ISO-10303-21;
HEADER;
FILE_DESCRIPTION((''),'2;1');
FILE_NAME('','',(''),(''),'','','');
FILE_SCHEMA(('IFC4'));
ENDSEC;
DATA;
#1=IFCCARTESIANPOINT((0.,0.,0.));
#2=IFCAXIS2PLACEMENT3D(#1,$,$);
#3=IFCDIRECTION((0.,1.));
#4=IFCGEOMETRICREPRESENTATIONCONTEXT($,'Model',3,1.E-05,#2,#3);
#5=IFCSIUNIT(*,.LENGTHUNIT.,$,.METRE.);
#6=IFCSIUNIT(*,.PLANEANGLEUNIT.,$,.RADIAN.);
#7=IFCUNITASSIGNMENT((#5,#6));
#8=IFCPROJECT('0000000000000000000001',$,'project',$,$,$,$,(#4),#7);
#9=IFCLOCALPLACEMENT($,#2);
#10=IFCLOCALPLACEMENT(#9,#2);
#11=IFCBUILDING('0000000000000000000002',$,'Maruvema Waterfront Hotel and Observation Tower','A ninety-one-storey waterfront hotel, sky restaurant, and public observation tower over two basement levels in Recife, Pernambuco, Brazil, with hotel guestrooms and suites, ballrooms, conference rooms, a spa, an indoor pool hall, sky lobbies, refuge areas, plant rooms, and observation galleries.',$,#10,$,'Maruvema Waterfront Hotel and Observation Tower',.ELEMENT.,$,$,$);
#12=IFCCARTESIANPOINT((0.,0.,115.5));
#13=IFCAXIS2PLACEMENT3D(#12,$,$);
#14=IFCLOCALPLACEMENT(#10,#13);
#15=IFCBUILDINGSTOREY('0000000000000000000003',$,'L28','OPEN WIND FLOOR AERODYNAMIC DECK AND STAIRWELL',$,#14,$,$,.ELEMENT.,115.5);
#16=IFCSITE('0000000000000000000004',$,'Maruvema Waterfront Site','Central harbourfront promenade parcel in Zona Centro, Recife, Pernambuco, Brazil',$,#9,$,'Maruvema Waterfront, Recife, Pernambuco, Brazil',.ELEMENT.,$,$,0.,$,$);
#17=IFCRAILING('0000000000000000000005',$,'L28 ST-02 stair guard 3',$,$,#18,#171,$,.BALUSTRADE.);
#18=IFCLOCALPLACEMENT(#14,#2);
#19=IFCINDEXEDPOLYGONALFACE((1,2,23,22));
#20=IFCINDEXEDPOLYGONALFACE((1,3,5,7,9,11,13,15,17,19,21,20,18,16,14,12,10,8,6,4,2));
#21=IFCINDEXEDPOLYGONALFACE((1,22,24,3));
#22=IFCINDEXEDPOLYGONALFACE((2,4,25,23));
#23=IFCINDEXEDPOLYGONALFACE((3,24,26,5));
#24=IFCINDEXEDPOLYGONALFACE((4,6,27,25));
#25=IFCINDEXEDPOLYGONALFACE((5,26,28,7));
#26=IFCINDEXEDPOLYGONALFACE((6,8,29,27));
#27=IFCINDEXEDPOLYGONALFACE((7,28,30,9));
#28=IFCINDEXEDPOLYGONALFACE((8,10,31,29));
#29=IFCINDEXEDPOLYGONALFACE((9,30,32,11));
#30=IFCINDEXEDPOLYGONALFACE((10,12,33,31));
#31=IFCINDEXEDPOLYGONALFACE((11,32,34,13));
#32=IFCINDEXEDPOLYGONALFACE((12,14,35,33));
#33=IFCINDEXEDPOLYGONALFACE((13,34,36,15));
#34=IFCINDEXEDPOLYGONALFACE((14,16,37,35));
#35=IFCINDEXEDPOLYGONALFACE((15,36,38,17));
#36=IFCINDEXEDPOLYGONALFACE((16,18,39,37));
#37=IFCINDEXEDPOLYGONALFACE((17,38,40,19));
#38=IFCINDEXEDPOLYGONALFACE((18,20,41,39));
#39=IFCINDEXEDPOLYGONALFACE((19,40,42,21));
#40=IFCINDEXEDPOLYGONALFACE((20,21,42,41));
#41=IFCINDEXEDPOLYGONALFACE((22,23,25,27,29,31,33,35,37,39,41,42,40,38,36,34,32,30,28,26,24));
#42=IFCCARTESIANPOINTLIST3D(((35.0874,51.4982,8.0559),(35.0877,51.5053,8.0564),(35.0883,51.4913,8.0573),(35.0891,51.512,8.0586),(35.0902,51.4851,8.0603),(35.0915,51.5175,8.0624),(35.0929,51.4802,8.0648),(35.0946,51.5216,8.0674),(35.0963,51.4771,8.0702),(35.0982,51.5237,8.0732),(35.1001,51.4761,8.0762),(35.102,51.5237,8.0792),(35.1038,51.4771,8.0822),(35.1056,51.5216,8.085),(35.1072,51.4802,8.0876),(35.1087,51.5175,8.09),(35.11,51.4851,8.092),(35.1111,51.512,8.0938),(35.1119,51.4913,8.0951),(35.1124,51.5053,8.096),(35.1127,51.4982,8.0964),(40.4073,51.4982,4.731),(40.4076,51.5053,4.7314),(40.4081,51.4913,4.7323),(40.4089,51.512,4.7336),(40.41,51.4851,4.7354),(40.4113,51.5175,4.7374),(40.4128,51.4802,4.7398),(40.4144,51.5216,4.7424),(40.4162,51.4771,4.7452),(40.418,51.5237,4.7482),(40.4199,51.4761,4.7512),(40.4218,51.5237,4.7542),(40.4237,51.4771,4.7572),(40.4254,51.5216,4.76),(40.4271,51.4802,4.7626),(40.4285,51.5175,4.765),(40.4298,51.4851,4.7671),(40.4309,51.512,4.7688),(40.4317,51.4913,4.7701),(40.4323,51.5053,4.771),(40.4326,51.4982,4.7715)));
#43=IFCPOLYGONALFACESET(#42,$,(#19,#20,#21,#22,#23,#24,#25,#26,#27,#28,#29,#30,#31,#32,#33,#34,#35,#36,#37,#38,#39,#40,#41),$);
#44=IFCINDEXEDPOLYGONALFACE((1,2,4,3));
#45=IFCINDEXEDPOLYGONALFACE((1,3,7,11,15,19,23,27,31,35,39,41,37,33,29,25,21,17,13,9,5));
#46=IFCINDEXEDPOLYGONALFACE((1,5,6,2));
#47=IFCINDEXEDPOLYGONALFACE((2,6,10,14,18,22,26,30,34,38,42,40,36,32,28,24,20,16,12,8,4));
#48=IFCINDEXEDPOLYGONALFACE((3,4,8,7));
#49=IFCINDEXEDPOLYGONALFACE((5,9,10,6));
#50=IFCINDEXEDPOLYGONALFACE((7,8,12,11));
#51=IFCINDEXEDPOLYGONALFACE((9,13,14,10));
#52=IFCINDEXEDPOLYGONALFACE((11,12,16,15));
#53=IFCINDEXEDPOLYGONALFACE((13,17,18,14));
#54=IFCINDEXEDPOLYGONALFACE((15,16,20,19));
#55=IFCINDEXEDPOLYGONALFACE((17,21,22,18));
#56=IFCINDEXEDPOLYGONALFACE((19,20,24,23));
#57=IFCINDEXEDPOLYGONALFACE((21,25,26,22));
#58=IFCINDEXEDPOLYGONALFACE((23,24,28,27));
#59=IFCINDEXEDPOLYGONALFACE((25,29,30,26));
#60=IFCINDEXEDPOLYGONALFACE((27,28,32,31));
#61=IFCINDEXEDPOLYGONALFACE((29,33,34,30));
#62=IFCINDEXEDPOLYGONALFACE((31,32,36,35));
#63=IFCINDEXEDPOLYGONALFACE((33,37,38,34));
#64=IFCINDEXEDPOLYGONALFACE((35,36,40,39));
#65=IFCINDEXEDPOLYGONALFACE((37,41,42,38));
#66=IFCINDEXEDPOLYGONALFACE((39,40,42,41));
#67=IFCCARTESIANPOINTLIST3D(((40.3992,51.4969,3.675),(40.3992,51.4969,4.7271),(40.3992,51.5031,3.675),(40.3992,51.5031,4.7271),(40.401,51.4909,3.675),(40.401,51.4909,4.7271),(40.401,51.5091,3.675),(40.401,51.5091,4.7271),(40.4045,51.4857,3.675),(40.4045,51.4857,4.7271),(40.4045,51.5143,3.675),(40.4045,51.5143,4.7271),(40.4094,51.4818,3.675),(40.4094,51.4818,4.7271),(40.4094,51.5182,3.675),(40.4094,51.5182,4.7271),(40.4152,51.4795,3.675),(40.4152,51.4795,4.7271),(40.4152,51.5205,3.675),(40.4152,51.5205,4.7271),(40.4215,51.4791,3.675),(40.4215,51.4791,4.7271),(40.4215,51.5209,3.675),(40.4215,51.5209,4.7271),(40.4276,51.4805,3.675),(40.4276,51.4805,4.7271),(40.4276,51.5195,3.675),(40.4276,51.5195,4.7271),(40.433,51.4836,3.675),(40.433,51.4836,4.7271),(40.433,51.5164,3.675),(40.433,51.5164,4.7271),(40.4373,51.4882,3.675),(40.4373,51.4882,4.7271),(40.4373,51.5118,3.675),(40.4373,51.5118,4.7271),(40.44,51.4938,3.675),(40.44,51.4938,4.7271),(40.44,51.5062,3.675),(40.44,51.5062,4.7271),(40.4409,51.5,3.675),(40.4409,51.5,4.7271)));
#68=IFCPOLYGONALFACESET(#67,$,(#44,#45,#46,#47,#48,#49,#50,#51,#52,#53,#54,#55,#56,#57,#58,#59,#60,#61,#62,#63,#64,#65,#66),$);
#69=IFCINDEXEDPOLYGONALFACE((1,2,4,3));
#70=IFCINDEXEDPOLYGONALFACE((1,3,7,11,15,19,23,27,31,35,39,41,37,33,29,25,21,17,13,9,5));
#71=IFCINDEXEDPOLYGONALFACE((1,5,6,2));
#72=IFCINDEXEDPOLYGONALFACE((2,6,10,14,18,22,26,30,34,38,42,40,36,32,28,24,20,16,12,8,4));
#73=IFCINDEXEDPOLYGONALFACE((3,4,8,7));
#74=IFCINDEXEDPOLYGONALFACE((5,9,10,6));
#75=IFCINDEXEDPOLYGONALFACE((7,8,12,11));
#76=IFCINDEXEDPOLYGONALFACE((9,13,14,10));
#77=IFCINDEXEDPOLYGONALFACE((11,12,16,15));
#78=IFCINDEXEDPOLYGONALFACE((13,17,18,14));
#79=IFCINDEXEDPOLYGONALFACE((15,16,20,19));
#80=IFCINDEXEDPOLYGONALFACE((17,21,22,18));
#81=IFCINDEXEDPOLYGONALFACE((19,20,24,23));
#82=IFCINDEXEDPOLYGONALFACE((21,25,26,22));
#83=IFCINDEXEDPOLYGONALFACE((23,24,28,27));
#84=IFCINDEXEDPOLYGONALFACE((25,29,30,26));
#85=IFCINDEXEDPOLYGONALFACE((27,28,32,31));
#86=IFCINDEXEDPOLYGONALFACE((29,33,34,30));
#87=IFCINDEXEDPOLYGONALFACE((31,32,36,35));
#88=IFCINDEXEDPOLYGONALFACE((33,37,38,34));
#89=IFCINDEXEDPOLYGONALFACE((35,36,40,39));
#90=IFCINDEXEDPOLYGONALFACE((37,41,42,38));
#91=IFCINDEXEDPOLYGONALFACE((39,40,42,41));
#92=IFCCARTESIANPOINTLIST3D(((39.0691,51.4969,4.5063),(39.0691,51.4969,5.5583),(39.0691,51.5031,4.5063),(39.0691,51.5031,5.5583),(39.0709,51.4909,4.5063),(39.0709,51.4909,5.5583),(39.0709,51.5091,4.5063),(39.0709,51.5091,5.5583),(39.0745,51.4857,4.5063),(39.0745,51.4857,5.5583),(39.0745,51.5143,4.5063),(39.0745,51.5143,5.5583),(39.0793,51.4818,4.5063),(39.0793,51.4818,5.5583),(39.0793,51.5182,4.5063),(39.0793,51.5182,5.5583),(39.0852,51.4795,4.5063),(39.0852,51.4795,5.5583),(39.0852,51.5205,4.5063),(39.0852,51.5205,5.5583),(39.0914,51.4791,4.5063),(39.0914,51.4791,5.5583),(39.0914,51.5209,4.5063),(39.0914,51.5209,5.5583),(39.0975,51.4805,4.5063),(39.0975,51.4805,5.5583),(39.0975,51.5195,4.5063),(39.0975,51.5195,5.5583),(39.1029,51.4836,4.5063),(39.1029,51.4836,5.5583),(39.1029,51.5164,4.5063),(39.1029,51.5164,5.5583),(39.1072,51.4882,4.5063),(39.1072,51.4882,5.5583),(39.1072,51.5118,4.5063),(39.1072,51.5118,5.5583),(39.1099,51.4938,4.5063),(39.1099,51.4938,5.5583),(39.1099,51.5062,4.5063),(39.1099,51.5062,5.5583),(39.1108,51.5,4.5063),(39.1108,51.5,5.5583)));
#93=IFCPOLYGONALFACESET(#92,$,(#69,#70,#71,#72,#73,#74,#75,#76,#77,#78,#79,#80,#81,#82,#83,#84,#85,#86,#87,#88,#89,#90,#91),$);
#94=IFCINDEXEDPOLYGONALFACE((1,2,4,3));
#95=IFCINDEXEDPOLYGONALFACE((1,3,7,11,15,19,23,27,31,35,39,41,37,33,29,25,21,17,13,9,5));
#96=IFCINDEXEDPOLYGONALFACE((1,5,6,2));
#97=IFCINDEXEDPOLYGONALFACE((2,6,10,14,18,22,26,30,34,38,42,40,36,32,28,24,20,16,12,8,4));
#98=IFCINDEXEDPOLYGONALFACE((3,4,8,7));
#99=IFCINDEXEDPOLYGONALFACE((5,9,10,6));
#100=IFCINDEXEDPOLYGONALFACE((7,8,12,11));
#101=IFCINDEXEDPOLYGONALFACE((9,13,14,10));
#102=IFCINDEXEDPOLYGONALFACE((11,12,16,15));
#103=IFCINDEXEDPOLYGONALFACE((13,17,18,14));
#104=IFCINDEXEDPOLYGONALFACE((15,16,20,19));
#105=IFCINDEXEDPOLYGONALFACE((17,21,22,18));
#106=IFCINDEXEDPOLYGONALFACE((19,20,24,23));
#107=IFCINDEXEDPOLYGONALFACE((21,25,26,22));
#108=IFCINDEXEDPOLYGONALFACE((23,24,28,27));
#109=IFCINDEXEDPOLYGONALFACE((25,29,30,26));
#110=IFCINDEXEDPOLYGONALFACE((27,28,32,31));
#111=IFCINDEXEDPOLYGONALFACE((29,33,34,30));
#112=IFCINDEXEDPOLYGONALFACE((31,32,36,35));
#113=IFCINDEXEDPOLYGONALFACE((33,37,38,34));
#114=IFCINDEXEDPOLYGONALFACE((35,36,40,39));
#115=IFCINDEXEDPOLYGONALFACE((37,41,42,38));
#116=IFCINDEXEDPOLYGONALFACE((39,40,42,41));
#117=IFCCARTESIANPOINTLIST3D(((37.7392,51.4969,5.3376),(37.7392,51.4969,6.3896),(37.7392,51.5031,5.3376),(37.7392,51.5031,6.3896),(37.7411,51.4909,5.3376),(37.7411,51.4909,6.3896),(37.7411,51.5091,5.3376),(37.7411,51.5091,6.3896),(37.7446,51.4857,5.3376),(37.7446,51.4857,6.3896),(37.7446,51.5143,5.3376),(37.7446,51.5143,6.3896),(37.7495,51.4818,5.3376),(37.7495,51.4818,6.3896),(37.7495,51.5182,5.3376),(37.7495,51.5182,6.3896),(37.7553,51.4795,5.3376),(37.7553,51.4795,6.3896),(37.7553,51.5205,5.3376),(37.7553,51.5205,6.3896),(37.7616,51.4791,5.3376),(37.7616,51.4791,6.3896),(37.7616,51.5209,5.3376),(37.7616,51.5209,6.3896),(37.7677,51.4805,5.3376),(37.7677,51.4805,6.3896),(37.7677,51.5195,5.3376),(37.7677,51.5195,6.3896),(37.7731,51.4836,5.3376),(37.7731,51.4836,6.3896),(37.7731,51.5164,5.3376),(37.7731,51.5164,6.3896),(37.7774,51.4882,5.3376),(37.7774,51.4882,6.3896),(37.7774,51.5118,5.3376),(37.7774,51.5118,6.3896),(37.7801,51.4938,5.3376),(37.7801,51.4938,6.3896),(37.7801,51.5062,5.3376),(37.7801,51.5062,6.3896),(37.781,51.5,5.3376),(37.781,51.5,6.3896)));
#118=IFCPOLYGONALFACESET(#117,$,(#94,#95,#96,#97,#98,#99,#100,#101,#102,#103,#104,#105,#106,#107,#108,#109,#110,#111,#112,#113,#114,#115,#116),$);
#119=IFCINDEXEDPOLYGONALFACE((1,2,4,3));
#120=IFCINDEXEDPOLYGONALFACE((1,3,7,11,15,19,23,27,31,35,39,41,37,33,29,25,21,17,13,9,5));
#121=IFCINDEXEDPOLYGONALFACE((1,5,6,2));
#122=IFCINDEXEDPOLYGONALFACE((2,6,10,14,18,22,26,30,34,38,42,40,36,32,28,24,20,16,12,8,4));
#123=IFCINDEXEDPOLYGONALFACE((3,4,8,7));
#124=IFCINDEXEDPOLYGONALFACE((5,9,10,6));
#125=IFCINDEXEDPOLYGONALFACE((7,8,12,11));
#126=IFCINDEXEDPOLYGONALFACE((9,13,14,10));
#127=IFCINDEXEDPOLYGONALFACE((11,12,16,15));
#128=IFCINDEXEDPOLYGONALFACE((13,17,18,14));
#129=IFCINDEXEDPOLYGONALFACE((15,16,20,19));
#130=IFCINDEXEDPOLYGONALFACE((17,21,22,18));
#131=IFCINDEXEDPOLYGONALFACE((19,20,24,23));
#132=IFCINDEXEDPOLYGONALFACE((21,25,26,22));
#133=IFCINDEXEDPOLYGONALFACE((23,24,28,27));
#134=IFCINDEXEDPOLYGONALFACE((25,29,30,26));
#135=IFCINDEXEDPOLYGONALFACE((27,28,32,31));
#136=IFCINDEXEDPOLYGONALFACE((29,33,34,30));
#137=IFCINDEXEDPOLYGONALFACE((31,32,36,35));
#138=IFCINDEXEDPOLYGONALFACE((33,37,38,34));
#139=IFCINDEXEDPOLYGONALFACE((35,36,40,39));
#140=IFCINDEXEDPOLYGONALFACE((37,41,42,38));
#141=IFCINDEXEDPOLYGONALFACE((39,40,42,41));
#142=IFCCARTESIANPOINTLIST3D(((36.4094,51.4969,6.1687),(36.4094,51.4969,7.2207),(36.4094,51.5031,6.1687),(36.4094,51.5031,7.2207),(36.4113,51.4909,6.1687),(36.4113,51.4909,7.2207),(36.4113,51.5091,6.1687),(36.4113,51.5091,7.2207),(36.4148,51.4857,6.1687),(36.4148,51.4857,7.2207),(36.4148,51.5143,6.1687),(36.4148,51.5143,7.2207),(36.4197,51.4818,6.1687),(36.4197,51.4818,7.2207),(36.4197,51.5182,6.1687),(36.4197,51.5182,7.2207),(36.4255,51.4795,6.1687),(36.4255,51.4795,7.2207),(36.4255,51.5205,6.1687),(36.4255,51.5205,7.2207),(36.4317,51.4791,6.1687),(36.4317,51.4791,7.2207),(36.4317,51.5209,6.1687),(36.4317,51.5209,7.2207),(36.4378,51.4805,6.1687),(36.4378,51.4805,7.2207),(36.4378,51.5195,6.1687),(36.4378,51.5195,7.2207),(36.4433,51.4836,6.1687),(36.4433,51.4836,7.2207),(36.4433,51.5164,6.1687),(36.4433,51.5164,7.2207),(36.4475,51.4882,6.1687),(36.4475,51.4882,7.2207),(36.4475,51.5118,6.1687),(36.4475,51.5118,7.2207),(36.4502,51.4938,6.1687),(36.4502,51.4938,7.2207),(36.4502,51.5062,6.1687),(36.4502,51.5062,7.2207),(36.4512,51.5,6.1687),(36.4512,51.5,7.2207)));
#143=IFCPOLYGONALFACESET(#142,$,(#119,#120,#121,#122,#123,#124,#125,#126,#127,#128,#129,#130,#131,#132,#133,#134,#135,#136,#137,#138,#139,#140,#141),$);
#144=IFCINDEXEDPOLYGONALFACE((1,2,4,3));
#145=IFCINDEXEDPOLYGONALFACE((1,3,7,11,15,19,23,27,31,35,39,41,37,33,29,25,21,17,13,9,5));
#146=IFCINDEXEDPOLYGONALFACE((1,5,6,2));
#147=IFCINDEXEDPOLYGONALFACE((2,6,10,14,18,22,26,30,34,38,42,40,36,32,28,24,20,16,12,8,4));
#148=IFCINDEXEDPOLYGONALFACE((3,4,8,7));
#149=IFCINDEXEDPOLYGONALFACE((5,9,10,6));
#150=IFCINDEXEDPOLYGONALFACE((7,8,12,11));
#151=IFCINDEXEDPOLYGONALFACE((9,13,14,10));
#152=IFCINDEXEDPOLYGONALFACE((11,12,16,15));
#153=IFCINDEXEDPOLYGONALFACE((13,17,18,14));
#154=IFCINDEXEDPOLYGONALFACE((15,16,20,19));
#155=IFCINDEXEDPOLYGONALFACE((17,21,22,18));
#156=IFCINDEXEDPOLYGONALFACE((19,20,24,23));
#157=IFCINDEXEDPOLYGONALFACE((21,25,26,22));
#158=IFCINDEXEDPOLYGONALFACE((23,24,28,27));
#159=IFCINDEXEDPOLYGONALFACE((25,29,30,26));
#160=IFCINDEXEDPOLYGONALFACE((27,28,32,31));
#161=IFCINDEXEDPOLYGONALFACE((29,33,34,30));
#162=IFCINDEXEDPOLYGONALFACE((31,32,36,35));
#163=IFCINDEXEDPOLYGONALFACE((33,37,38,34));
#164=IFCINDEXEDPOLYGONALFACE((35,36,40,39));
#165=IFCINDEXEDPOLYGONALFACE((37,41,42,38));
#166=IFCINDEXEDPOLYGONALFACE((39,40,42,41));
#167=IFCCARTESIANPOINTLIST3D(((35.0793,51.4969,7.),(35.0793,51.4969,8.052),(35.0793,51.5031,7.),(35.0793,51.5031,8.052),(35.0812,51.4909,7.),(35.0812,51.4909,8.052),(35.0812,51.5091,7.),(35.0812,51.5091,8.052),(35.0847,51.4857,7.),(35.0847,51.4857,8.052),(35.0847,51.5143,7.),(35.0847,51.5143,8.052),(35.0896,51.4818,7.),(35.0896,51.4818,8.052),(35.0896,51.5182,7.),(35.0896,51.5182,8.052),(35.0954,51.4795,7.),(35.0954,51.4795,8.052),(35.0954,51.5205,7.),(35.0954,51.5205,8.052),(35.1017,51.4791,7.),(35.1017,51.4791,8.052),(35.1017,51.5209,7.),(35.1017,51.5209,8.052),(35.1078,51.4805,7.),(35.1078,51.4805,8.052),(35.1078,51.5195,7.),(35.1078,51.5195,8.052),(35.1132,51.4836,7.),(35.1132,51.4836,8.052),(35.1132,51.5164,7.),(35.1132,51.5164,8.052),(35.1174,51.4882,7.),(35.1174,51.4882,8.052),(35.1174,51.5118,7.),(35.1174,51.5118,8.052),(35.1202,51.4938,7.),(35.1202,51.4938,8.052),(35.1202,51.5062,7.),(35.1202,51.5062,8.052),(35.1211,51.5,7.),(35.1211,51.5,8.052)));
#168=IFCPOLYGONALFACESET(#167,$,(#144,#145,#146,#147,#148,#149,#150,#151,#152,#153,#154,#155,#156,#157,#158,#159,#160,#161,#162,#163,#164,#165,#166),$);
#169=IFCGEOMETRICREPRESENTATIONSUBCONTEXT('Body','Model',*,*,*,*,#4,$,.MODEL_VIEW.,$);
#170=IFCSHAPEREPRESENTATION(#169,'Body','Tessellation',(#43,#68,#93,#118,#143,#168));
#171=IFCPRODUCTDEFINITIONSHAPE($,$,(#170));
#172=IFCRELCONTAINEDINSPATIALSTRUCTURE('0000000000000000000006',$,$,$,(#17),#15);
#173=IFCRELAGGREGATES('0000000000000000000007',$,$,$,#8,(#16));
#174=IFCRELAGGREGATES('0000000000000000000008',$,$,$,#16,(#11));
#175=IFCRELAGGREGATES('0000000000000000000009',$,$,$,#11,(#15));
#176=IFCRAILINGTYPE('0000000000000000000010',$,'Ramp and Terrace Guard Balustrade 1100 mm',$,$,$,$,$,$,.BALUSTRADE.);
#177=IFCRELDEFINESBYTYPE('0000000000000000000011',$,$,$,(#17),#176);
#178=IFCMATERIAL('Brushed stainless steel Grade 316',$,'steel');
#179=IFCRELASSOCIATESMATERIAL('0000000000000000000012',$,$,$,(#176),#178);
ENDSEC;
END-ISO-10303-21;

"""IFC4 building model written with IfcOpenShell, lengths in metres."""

from ifc_helpers import new_model, si_unit, direction, frame, origin, origin_2d, place, context, subcontext, project, spatial, circle, extrude, material, type_object, element, save


model = new_model("IFC4")

# Units and contexts
model_context = context("Model", 3, precision=1e-05, world=origin(), true_north=direction((0.0, 1.0)))
body_context = subcontext(model_context, "Body", "Model", "MODEL_VIEW")
ifc_project = project(units=[si_unit("LENGTHUNIT", "METRE"), si_unit("PLANEANGLEUNIT", "RADIAN")], contexts=[model_context])

# Site, building, storey
site_placement = place(None, origin())
site = spatial("IfcSite", under=ifc_project, at=site_placement, Name="Maruvema Waterfront Site", Description="Central harbourfront promenade parcel in Zona Centro, Recife, Pernambuco, Brazil", LongName="Maruvema Waterfront, Recife, Pernambuco, Brazil", CompositionType="ELEMENT", RefElevation=0.0)
building_placement = place(site_placement, origin())
building = spatial("IfcBuilding", under=site, at=building_placement, Name="Maruvema Waterfront Hotel and Observation Tower", Description="A ninety-one-storey waterfront hotel, sky restaurant, and public observation tower over two basement levels in Recife, Pernambuco, Brazil, with hotel guestrooms and suites, ballrooms, conference rooms, a spa, an indoor pool hall, sky lobbies, refuge areas, plant rooms, and observation galleries.", LongName="Maruvema Waterfront Hotel and Observation Tower", CompositionType="ELEMENT")
storey_placement = place(building_placement, frame((0.0, 0.0, 115.5)))
storey = spatial("IfcBuildingStorey", under=building, at=storey_placement, Name="L28", Description="OPEN WIND FLOOR AERODYNAMIC DECK AND STAIRWELL", CompositionType="ELEMENT", Elevation=115.5)

# Railing
ifc_material_1 = material(Name="Brushed stainless steel Grade 316", Category="steel")
railing_type_1 = type_object("IfcRailingType", Name="Ramp and Terrace Guard Balustrade 1100 mm", PredefinedType="BALUSTRADE", material=ifc_material_1)
railing_1_placement = place(storey_placement, frame((40.4199, 51.5, 3.675)))
element("IfcRailing", 1, at=railing_1_placement, inside=storey, type_object=railing_type_1, Name="L28 ST-02 stair guard 3", PredefinedType="BALUSTRADE", context=body_context, shape_type="SweptSolid", body=[
    extrude(circle(Radius=0.0239, at=origin_2d()), frame((0.0, 0.0, 1.0762), z_axis=(-0.847994, 0.0, 0.530006), x_axis=(0.0, -1.0, 0.0)), (0.0, 0.0, 1.0), 6.2734),
    extrude(circle(Radius=0.021, at=origin_2d()), origin(), (0.0, 0.0, 1.0), 1.052),
    extrude(circle(Radius=0.021, at=origin_2d()), frame((-1.3301, 0.0, 0.8313)), (0.0, 0.0, 1.0), 1.052),
    extrude(circle(Radius=0.021, at=origin_2d()), frame((-2.6599, 0.0, 1.6626)), (0.0, 0.0, 1.0), 1.052),
    extrude(circle(Radius=0.021, at=origin_2d()), frame((-3.9897, 0.0, 2.4937)), (0.0, 0.0, 1.0), 1.052),
    extrude(circle(Radius=0.021, at=origin_2d()), frame((-5.3198, 0.0, 3.325)), (0.0, 0.0, 1.0), 1.052),
])

save(model, "model.ifc")
